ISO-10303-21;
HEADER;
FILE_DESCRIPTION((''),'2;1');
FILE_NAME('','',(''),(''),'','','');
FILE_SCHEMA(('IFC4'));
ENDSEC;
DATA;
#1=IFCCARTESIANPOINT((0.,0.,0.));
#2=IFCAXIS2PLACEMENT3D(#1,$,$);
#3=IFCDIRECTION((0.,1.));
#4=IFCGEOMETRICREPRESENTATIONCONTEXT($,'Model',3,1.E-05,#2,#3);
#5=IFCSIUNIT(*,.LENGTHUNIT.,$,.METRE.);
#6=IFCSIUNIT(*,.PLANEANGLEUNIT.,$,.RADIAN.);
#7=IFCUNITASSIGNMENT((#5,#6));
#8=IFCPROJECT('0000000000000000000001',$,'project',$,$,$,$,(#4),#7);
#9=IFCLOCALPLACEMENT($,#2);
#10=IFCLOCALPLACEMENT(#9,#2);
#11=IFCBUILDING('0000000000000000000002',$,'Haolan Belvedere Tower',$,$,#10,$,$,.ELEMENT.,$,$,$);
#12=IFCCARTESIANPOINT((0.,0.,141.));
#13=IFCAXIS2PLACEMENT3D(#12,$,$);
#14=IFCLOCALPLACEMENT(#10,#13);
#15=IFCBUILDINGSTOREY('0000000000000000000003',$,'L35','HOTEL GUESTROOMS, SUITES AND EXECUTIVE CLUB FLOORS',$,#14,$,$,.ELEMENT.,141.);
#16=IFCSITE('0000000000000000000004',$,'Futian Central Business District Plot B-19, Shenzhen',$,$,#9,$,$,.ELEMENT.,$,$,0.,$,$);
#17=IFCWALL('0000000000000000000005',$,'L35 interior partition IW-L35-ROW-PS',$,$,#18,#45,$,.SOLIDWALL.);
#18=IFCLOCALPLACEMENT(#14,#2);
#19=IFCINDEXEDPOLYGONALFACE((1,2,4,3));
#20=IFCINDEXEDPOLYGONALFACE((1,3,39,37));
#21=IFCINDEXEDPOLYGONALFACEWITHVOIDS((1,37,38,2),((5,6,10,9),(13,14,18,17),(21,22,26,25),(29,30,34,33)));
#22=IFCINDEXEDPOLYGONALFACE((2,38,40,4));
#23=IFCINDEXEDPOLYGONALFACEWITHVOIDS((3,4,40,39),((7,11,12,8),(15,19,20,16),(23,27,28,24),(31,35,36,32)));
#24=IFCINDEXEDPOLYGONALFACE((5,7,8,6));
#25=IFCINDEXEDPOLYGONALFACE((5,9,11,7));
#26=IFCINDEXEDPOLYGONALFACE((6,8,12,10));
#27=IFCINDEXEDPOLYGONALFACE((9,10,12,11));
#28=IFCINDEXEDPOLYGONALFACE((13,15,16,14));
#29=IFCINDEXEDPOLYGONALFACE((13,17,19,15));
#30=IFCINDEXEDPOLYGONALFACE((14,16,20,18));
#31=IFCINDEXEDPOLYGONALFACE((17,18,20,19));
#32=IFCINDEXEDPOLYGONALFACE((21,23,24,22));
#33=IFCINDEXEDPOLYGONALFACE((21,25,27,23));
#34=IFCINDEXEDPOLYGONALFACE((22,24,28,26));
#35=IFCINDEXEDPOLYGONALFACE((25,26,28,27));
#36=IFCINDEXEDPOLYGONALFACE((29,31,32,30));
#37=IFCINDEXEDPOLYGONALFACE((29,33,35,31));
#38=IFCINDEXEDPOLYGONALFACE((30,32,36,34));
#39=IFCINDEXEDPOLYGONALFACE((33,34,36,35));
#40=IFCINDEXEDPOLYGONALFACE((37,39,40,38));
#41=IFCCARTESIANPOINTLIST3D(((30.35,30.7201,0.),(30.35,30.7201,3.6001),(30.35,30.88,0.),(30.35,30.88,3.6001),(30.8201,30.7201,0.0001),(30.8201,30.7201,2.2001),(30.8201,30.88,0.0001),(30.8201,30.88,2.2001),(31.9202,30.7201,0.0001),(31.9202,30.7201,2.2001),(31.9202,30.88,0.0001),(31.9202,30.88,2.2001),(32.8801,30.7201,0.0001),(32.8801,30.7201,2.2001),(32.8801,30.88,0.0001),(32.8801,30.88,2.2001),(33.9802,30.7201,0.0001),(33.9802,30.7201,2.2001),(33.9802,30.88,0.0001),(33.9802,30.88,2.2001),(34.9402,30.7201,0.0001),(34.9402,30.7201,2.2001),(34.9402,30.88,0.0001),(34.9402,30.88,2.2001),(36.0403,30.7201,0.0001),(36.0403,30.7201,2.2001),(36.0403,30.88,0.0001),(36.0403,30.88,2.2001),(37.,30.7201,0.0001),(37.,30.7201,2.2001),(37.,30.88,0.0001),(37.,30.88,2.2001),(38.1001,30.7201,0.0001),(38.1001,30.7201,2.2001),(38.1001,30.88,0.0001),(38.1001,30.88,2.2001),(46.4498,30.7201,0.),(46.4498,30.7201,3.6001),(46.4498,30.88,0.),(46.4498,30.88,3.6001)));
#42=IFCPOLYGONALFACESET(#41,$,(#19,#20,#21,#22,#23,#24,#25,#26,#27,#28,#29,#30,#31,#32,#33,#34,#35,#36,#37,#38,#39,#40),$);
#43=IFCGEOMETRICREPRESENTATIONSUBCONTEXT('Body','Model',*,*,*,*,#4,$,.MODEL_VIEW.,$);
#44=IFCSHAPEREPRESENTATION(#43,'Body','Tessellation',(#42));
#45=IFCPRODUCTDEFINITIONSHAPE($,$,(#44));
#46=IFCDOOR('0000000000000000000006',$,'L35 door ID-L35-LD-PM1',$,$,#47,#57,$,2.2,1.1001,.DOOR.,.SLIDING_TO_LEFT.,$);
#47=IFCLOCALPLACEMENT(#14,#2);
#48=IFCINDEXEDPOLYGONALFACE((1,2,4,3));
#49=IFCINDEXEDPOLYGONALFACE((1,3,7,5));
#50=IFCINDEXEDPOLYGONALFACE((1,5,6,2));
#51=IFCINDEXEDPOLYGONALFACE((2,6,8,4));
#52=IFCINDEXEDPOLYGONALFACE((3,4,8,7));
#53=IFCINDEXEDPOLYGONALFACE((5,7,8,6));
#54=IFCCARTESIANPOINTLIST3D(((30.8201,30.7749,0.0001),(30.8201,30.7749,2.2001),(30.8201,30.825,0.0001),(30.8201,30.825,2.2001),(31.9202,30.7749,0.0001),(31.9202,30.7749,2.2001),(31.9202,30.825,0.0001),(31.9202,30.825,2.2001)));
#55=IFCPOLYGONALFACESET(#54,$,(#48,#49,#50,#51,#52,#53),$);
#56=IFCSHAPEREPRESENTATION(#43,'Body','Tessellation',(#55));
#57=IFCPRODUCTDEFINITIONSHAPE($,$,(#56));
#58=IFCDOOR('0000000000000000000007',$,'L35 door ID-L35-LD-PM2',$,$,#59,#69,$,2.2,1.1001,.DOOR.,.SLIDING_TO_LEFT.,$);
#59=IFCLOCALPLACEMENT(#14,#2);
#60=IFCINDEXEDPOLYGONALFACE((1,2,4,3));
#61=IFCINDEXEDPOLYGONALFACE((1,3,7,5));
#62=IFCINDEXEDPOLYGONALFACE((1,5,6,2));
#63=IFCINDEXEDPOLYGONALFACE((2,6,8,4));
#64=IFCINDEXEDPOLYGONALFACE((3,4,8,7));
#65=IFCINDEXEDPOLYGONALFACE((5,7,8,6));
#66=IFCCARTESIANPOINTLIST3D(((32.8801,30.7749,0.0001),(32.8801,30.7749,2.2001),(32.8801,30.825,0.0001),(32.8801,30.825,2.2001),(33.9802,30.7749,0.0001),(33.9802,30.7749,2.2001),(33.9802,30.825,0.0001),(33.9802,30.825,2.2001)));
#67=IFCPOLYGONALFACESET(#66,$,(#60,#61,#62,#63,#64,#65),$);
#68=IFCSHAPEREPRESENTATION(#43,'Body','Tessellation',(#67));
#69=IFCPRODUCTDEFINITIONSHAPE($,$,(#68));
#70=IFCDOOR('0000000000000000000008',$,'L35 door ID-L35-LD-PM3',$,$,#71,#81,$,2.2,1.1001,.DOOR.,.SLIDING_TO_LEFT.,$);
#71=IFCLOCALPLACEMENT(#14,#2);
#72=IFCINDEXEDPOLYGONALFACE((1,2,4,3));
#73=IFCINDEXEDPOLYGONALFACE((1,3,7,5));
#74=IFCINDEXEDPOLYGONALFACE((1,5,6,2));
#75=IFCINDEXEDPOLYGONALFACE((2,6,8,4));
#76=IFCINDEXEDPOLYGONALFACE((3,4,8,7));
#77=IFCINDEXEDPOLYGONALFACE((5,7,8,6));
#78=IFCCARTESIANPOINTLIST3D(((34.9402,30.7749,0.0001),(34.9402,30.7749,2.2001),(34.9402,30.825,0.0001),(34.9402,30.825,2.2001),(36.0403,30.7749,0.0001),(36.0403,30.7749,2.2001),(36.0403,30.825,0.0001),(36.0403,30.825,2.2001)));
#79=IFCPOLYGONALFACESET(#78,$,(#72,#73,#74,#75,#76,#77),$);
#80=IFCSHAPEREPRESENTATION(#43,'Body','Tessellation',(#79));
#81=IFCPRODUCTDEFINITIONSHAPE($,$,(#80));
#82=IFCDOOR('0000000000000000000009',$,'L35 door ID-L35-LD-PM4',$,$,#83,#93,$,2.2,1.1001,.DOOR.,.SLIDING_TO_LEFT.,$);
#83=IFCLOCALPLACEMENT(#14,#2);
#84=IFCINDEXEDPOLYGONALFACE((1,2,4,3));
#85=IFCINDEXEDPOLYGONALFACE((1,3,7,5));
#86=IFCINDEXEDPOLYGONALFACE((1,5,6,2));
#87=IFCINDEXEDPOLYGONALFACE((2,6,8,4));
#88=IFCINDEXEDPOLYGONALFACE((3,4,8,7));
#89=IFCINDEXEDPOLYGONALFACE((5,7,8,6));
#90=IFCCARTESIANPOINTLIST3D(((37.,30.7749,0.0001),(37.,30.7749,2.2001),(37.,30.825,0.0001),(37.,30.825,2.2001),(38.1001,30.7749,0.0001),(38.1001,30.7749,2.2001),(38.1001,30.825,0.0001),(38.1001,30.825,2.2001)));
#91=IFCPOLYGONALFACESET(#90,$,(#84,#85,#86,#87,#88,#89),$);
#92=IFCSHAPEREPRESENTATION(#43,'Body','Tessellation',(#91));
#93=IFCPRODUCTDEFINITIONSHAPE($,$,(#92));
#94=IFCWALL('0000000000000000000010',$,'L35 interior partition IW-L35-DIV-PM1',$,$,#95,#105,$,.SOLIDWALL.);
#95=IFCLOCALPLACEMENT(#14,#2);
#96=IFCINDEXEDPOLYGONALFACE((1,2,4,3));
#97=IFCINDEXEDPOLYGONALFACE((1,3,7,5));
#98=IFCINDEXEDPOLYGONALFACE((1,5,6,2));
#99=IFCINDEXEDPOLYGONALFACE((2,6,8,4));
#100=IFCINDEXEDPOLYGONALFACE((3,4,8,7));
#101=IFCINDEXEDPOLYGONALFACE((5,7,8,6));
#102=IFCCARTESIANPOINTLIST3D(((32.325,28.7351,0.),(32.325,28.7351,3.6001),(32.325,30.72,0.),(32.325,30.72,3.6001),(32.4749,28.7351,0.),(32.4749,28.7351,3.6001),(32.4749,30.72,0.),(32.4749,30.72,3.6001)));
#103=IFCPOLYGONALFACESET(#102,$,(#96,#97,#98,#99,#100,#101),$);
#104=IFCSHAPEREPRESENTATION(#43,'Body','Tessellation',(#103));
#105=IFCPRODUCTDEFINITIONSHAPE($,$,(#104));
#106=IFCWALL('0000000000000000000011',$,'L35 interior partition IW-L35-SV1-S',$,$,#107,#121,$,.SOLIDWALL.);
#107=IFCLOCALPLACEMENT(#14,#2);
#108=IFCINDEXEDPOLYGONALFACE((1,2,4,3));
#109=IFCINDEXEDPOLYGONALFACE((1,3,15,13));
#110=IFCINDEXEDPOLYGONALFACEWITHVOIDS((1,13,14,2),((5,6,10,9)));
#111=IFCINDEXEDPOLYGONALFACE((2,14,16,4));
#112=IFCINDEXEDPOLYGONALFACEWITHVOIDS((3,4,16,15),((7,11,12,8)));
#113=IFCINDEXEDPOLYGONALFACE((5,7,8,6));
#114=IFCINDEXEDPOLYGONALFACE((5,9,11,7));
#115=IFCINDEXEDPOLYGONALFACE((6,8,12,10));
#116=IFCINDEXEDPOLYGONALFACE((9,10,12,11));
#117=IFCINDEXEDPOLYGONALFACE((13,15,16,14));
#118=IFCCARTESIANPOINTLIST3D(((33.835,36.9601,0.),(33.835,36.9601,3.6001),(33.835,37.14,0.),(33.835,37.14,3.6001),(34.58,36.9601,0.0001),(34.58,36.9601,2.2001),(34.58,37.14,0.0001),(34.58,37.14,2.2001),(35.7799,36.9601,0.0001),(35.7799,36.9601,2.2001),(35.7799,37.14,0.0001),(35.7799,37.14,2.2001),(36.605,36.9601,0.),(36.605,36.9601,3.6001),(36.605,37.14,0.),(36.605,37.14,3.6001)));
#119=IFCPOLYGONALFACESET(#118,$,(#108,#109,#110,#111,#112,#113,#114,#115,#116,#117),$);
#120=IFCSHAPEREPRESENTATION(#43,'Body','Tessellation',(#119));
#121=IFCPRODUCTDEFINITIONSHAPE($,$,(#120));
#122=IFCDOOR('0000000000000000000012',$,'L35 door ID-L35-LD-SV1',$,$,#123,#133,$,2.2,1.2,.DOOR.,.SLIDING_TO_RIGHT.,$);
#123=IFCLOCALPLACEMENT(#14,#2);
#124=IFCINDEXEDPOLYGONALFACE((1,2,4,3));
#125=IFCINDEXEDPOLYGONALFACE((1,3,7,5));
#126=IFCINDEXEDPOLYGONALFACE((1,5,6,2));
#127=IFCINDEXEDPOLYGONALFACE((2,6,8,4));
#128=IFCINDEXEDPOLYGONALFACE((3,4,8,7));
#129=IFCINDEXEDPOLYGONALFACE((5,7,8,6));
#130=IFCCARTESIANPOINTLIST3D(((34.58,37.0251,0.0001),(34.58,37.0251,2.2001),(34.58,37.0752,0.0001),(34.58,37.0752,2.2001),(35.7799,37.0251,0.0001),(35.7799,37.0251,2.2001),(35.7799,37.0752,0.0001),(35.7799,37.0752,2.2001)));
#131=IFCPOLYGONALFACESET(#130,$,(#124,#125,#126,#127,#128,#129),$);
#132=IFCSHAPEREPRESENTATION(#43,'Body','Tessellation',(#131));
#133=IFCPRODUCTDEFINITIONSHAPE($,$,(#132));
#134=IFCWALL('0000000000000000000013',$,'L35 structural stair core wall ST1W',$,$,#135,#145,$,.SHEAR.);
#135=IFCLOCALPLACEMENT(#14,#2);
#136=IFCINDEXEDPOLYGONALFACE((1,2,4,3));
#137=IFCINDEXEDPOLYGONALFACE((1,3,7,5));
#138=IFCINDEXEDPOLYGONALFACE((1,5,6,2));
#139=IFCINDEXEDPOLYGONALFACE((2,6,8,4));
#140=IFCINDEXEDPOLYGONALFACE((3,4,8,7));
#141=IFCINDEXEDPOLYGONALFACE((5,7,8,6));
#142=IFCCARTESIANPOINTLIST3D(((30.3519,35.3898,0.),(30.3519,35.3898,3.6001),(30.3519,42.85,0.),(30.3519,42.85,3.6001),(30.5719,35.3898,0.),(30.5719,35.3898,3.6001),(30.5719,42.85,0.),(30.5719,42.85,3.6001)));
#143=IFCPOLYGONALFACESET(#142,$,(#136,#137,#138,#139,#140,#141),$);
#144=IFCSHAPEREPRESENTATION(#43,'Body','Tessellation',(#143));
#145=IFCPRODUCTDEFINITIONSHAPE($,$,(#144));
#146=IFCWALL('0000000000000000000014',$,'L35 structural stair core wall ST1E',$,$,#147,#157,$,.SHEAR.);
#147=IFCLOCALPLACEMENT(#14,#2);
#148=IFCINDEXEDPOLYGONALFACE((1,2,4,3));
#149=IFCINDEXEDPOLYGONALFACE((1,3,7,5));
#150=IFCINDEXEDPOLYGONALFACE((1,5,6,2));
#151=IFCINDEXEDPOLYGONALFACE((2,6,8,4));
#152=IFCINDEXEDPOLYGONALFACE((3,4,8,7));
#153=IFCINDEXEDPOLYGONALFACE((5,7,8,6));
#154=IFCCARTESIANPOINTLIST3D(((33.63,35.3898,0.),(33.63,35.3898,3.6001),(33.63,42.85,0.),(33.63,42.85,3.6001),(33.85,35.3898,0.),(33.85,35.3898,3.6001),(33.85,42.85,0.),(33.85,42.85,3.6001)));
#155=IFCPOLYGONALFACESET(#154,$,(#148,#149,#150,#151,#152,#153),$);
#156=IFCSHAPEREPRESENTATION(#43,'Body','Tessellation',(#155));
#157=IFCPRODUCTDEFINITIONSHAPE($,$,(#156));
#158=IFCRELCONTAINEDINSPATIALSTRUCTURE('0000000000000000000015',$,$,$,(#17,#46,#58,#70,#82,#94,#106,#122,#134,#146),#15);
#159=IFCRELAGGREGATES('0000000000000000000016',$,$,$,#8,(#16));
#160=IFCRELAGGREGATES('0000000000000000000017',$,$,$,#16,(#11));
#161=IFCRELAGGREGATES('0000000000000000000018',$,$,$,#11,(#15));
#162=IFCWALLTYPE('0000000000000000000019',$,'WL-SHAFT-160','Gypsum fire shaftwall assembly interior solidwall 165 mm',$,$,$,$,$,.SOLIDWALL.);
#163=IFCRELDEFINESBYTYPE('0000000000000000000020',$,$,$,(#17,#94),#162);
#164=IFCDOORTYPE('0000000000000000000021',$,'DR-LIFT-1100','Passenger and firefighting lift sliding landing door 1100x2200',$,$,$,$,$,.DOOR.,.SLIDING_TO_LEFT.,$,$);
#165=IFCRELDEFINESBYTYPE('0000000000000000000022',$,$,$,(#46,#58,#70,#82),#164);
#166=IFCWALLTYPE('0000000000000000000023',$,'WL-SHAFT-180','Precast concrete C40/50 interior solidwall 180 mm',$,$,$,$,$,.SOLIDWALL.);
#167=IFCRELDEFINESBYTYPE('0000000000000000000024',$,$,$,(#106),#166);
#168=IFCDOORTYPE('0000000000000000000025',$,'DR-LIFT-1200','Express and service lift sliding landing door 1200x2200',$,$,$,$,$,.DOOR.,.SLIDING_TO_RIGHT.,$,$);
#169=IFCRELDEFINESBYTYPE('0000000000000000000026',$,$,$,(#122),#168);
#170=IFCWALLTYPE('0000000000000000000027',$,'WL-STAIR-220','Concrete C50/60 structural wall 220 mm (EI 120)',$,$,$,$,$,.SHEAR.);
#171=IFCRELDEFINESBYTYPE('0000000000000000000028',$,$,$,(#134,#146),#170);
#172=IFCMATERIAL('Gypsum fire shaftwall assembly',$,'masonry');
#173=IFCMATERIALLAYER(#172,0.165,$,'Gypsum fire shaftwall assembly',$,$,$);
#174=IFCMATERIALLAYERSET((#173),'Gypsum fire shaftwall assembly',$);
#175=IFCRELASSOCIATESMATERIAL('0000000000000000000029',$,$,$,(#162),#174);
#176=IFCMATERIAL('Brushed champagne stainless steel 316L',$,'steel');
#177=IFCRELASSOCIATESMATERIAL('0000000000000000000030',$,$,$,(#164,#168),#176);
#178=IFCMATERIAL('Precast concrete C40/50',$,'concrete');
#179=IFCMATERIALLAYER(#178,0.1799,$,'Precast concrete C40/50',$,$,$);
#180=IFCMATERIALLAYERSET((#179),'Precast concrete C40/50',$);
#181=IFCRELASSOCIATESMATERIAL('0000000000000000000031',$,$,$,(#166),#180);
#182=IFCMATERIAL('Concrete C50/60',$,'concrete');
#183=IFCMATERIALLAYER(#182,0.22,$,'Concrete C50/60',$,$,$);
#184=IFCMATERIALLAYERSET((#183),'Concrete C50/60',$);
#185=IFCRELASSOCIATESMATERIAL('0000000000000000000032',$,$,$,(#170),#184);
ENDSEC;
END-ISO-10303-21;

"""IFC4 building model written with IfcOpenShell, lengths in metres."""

from ifc_helpers import new_model, si_unit, direction, frame, frame_2d, origin, place, context, subcontext, project, spatial, rectangle, extrude, material, layer, layer_set, type_object, element, fill, save


model = new_model("IFC4")

# Units and contexts
model_context = context("Model", 3, precision=1e-05, world=origin(), true_north=direction((0.0, 1.0)))
body_context = subcontext(model_context, "Body", "Model", "MODEL_VIEW")
ifc_project = project(units=[si_unit("LENGTHUNIT", "METRE"), si_unit("PLANEANGLEUNIT", "RADIAN")], contexts=[model_context])

# Site, building, storey
site_placement = place(None, origin())
site = spatial("IfcSite", under=ifc_project, at=site_placement, Name="Futian Central Business District Plot B-19, Shenzhen", CompositionType="ELEMENT", RefElevation=0.0)
building_placement = place(site_placement, origin())
building = spatial("IfcBuilding", under=site, at=building_placement, Name="Haolan Belvedere Tower", CompositionType="ELEMENT")
storey_placement = place(building_placement, frame((0.0, 0.0, 141.0)))
storey = spatial("IfcBuildingStorey", under=building, at=storey_placement, Name="L35", Description="HOTEL GUESTROOMS, SUITES AND EXECUTIVE CLUB FLOORS", CompositionType="ELEMENT", Elevation=141.0)

# Shared definitions
ifc_material_1 = material(Name="Gypsum fire shaftwall assembly", Category="masonry")
ifc_layer_1 = layer(ifc_material_1, 0.165, Name="Gypsum fire shaftwall assembly")
ifc_layer_set_1 = layer_set([ifc_layer_1], Name="Gypsum fire shaftwall assembly")
wall_type_1 = type_object("IfcWallType", Name="WL-SHAFT-160", Description="Gypsum fire shaftwall assembly interior solidwall 165 mm", PredefinedType="SOLIDWALL", material=ifc_layer_set_1)

# Wall, openings, doors
wall_1_placement = place(storey_placement, frame((30.3501, 30.8, 0.0), z_axis=(0.0, 0.0, 1.0), x_axis=(1.0, 0.0, 0.0)))
wall_1 = element("IfcWall", 1, at=wall_1_placement, inside=storey, type_object=wall_type_1, Name="L35 interior partition IW-L35-ROW-PS", PredefinedType="SOLIDWALL", context=body_context, shape_type="SweptSolid", body=[
    extrude(rectangle(XDim=16.0999, YDim=0.1599, at=frame_2d((8.0498, 0.0))), origin(), (0.0, 0.0, 1.0), 3.6001),
])
opening_1_placement = place(wall_1_placement, frame((0.47, 0.0, 0.0)))
opening_1 = element("IfcOpeningElement", 2, at=opening_1_placement, cuts=wall_1, PredefinedType="OPENING", context=body_context, shape_type="SweptSolid", body=[
    extrude(rectangle(XDim=1.1001, YDim=2.2, at=frame_2d((0.55, 1.1001))), frame((0.0, 0.0898, 0.0), z_axis=(0.0, -1.0, 0.0), x_axis=(1.0, 0.0, 0.0)), (0.0, 0.0, 1.0), 0.1799),
])
opening_2_placement = place(wall_1_placement, frame((2.53, 0.0, 0.0)))
opening_2 = element("IfcOpeningElement", 3, at=opening_2_placement, cuts=wall_1, PredefinedType="OPENING", context=body_context, shape_type="SweptSolid", body=[
    extrude(rectangle(XDim=1.1001, YDim=2.2, at=frame_2d((0.55, 1.1001))), frame((0.0, 0.0898, 0.0), z_axis=(0.0, -1.0, 0.0), x_axis=(1.0, 0.0, 0.0)), (0.0, 0.0, 1.0), 0.1799),
])
opening_3_placement = place(wall_1_placement, frame((4.5901, 0.0, 0.0)))
opening_3 = element("IfcOpeningElement", 4, at=opening_3_placement, cuts=wall_1, PredefinedType="OPENING", context=body_context, shape_type="SweptSolid", body=[
    extrude(rectangle(XDim=1.1001, YDim=2.2, at=frame_2d((0.55, 1.1001))), frame((0.0, 0.0898, 0.0), z_axis=(0.0, -1.0, 0.0), x_axis=(1.0, 0.0, 0.0)), (0.0, 0.0, 1.0), 0.1799),
])
opening_4_placement = place(wall_1_placement, frame((6.6499, 0.0, 0.0)))
opening_4 = element("IfcOpeningElement", 5, at=opening_4_placement, cuts=wall_1, PredefinedType="OPENING", context=body_context, shape_type="SweptSolid", body=[
    extrude(rectangle(XDim=1.1001, YDim=2.2, at=frame_2d((0.55, 1.1001))), frame((0.0, 0.0898, 0.0), z_axis=(0.0, -1.0, 0.0), x_axis=(1.0, 0.0, 0.0)), (0.0, 0.0, 1.0), 0.1799),
])
ifc_material_2 = material(Name="Brushed champagne stainless steel 316L", Category="steel")
door_type_1 = type_object("IfcDoorType", Name="DR-LIFT-1100", Description="Passenger and firefighting lift sliding landing door 1100x2200", OperationType="SLIDING_TO_LEFT", PredefinedType="DOOR", material=ifc_material_2)
door_1_placement = place(opening_1_placement, origin())
door_1 = element("IfcDoor", 6, at=door_1_placement, inside=storey, type_object=door_type_1, Name="L35 door ID-L35-LD-PM1", OperationType="SLIDING_TO_LEFT", OverallHeight=2.2, OverallWidth=1.1001, PredefinedType="DOOR", context=body_context, shape_type="SweptSolid", body=[
    extrude(rectangle(XDim=1.1001, YDim=2.2, at=frame_2d((0.55, 1.1001))), frame((0.0, 0.0249, 0.0), z_axis=(0.0, -1.0, 0.0), x_axis=(1.0, 0.0, 0.0)), (0.0, 0.0, 1.0), 0.05),
])
fill(opening_1, door_1)
door_2_placement = place(opening_2_placement, origin())
door_2 = element("IfcDoor", 7, at=door_2_placement, inside=storey, type_object=door_type_1, Name="L35 door ID-L35-LD-PM2", OperationType="SLIDING_TO_LEFT", OverallHeight=2.2, OverallWidth=1.1001, PredefinedType="DOOR", context=body_context, shape_type="SweptSolid", body=[
    extrude(rectangle(XDim=1.1001, YDim=2.2, at=frame_2d((0.55, 1.1001))), frame((0.0, 0.0249, 0.0), z_axis=(0.0, -1.0, 0.0), x_axis=(1.0, 0.0, 0.0)), (0.0, 0.0, 1.0), 0.05),
])
fill(opening_2, door_2)
door_3_placement = place(opening_3_placement, origin())
door_3 = element("IfcDoor", 8, at=door_3_placement, inside=storey, type_object=door_type_1, Name="L35 door ID-L35-LD-PM3", OperationType="SLIDING_TO_LEFT", OverallHeight=2.2, OverallWidth=1.1001, PredefinedType="DOOR", context=body_context, shape_type="SweptSolid", body=[
    extrude(rectangle(XDim=1.1001, YDim=2.2, at=frame_2d((0.55, 1.1001))), frame((0.0, 0.0249, 0.0), z_axis=(0.0, -1.0, 0.0), x_axis=(1.0, 0.0, 0.0)), (0.0, 0.0, 1.0), 0.05),
])
fill(opening_3, door_3)
door_4_placement = place(opening_4_placement, origin())
door_4 = element("IfcDoor", 9, at=door_4_placement, inside=storey, type_object=door_type_1, Name="L35 door ID-L35-LD-PM4", OperationType="SLIDING_TO_LEFT", OverallHeight=2.2, OverallWidth=1.1001, PredefinedType="DOOR", context=body_context, shape_type="SweptSolid", body=[
    extrude(rectangle(XDim=1.1001, YDim=2.2, at=frame_2d((0.55, 1.1001))), frame((0.0, 0.0249, 0.0), z_axis=(0.0, -1.0, 0.0), x_axis=(1.0, 0.0, 0.0)), (0.0, 0.0, 1.0), 0.05),
])
fill(opening_4, door_4)

# Wall
wall_2_placement = place(storey_placement, frame((32.3999, 28.7351, 0.0), z_axis=(0.0, 0.0, 1.0), x_axis=(0.0, 1.0, 0.0)))
element("IfcWall", 10, at=wall_2_placement, inside=storey, type_object=wall_type_1, Name="L35 interior partition IW-L35-DIV-PM1", PredefinedType="SOLIDWALL", context=body_context, shape_type="SweptSolid", body=[
    extrude(rectangle(XDim=1.9849, YDim=0.1499, at=frame_2d((0.9924, 0.0))), origin(), (0.0, 0.0, 1.0), 3.6001),
])

# Wall, opening, door
ifc_material_3 = material(Name="Precast concrete C40/50", Category="concrete")
ifc_layer_2 = layer(ifc_material_3, 0.1799, Name="Precast concrete C40/50")
ifc_layer_set_2 = layer_set([ifc_layer_2], Name="Precast concrete C40/50")
wall_type_2 = type_object("IfcWallType", Name="WL-SHAFT-180", Description="Precast concrete C40/50 interior solidwall 180 mm", PredefinedType="SOLIDWALL", material=ifc_layer_set_2)
wall_3_placement = place(storey_placement, frame((33.835, 37.05, 0.0), z_axis=(0.0, 0.0, 1.0), x_axis=(1.0, 0.0, 0.0)))
wall_3 = element("IfcWall", 11, at=wall_3_placement, inside=storey, type_object=wall_type_2, Name="L35 interior partition IW-L35-SV1-S", PredefinedType="SOLIDWALL", context=body_context, shape_type="SweptSolid", body=[
    extrude(rectangle(XDim=2.77, YDim=0.1799, at=frame_2d((1.385, 0.0))), origin(), (0.0, 0.0, 1.0), 3.6001),
])
opening_5_placement = place(wall_3_placement, frame((1.9451, 0.0, 0.0), z_axis=(0.0, 0.0, 1.0), x_axis=(-1.0, 0.0, 0.0)))
opening_5 = element("IfcOpeningElement", 12, at=opening_5_placement, cuts=wall_3, PredefinedType="OPENING", context=body_context, shape_type="SweptSolid", body=[
    extrude(rectangle(XDim=1.2, YDim=2.2, at=frame_2d((0.6001, 1.1001))), frame((0.0, 0.0999, 0.0), z_axis=(0.0, -1.0, 0.0), x_axis=(1.0, 0.0, 0.0)), (0.0, 0.0, 1.0), 0.2),
])
door_type_2 = type_object("IfcDoorType", Name="DR-LIFT-1200", Description="Express and service lift sliding landing door 1200x2200", OperationType="SLIDING_TO_RIGHT", PredefinedType="DOOR", material=ifc_material_2)
door_5_placement = place(opening_5_placement, origin())
door_5 = element("IfcDoor", 13, at=door_5_placement, inside=storey, type_object=door_type_2, Name="L35 door ID-L35-LD-SV1", OperationType="SLIDING_TO_RIGHT", OverallHeight=2.2, OverallWidth=1.2, PredefinedType="DOOR", context=body_context, shape_type="SweptSolid", body=[
    extrude(rectangle(XDim=1.2, YDim=2.2, at=frame_2d((0.6001, 1.1001))), frame((0.0, 0.0249, 0.0), z_axis=(0.0, -1.0, 0.0), x_axis=(1.0, 0.0, 0.0)), (0.0, 0.0, 1.0), 0.05),
])
fill(opening_5, door_5)

# Walls
ifc_material_4 = material(Name="Concrete C50/60", Category="concrete")
ifc_layer_3 = layer(ifc_material_4, 0.22, Name="Concrete C50/60")
ifc_layer_set_3 = layer_set([ifc_layer_3], Name="Concrete C50/60")
wall_type_3 = type_object("IfcWallType", Name="WL-STAIR-220", Description="Concrete C50/60 structural wall 220 mm (EI 120)", PredefinedType="SHEAR", material=ifc_layer_set_3)
for number, where, z_axis, x_axis, name in (
    (14, (30.4619, 35.3899, 0.0), (0.0, 0.0, 1.0), (0.0, 1.0, 0.0), "L35 structural stair core wall ST1W"),
    (15, (33.74, 35.3899, 0.0), (0.0, 0.0, 1.0), (0.0, 1.0, 0.0), "L35 structural stair core wall ST1E"),
):
    element("IfcWall", number, at=place(storey_placement, frame(where, z_axis=z_axis, x_axis=x_axis)), inside=storey, type_object=wall_type_3, Name=name, PredefinedType="SHEAR", context=body_context, shape_type="SweptSolid", body=[
        extrude(rectangle(XDim=7.4602, YDim=0.22, at=frame_2d((3.73, 0.0))), origin(), (0.0, 0.0, 1.0), 3.6001),
    ])

save(model, "model.ifc")
